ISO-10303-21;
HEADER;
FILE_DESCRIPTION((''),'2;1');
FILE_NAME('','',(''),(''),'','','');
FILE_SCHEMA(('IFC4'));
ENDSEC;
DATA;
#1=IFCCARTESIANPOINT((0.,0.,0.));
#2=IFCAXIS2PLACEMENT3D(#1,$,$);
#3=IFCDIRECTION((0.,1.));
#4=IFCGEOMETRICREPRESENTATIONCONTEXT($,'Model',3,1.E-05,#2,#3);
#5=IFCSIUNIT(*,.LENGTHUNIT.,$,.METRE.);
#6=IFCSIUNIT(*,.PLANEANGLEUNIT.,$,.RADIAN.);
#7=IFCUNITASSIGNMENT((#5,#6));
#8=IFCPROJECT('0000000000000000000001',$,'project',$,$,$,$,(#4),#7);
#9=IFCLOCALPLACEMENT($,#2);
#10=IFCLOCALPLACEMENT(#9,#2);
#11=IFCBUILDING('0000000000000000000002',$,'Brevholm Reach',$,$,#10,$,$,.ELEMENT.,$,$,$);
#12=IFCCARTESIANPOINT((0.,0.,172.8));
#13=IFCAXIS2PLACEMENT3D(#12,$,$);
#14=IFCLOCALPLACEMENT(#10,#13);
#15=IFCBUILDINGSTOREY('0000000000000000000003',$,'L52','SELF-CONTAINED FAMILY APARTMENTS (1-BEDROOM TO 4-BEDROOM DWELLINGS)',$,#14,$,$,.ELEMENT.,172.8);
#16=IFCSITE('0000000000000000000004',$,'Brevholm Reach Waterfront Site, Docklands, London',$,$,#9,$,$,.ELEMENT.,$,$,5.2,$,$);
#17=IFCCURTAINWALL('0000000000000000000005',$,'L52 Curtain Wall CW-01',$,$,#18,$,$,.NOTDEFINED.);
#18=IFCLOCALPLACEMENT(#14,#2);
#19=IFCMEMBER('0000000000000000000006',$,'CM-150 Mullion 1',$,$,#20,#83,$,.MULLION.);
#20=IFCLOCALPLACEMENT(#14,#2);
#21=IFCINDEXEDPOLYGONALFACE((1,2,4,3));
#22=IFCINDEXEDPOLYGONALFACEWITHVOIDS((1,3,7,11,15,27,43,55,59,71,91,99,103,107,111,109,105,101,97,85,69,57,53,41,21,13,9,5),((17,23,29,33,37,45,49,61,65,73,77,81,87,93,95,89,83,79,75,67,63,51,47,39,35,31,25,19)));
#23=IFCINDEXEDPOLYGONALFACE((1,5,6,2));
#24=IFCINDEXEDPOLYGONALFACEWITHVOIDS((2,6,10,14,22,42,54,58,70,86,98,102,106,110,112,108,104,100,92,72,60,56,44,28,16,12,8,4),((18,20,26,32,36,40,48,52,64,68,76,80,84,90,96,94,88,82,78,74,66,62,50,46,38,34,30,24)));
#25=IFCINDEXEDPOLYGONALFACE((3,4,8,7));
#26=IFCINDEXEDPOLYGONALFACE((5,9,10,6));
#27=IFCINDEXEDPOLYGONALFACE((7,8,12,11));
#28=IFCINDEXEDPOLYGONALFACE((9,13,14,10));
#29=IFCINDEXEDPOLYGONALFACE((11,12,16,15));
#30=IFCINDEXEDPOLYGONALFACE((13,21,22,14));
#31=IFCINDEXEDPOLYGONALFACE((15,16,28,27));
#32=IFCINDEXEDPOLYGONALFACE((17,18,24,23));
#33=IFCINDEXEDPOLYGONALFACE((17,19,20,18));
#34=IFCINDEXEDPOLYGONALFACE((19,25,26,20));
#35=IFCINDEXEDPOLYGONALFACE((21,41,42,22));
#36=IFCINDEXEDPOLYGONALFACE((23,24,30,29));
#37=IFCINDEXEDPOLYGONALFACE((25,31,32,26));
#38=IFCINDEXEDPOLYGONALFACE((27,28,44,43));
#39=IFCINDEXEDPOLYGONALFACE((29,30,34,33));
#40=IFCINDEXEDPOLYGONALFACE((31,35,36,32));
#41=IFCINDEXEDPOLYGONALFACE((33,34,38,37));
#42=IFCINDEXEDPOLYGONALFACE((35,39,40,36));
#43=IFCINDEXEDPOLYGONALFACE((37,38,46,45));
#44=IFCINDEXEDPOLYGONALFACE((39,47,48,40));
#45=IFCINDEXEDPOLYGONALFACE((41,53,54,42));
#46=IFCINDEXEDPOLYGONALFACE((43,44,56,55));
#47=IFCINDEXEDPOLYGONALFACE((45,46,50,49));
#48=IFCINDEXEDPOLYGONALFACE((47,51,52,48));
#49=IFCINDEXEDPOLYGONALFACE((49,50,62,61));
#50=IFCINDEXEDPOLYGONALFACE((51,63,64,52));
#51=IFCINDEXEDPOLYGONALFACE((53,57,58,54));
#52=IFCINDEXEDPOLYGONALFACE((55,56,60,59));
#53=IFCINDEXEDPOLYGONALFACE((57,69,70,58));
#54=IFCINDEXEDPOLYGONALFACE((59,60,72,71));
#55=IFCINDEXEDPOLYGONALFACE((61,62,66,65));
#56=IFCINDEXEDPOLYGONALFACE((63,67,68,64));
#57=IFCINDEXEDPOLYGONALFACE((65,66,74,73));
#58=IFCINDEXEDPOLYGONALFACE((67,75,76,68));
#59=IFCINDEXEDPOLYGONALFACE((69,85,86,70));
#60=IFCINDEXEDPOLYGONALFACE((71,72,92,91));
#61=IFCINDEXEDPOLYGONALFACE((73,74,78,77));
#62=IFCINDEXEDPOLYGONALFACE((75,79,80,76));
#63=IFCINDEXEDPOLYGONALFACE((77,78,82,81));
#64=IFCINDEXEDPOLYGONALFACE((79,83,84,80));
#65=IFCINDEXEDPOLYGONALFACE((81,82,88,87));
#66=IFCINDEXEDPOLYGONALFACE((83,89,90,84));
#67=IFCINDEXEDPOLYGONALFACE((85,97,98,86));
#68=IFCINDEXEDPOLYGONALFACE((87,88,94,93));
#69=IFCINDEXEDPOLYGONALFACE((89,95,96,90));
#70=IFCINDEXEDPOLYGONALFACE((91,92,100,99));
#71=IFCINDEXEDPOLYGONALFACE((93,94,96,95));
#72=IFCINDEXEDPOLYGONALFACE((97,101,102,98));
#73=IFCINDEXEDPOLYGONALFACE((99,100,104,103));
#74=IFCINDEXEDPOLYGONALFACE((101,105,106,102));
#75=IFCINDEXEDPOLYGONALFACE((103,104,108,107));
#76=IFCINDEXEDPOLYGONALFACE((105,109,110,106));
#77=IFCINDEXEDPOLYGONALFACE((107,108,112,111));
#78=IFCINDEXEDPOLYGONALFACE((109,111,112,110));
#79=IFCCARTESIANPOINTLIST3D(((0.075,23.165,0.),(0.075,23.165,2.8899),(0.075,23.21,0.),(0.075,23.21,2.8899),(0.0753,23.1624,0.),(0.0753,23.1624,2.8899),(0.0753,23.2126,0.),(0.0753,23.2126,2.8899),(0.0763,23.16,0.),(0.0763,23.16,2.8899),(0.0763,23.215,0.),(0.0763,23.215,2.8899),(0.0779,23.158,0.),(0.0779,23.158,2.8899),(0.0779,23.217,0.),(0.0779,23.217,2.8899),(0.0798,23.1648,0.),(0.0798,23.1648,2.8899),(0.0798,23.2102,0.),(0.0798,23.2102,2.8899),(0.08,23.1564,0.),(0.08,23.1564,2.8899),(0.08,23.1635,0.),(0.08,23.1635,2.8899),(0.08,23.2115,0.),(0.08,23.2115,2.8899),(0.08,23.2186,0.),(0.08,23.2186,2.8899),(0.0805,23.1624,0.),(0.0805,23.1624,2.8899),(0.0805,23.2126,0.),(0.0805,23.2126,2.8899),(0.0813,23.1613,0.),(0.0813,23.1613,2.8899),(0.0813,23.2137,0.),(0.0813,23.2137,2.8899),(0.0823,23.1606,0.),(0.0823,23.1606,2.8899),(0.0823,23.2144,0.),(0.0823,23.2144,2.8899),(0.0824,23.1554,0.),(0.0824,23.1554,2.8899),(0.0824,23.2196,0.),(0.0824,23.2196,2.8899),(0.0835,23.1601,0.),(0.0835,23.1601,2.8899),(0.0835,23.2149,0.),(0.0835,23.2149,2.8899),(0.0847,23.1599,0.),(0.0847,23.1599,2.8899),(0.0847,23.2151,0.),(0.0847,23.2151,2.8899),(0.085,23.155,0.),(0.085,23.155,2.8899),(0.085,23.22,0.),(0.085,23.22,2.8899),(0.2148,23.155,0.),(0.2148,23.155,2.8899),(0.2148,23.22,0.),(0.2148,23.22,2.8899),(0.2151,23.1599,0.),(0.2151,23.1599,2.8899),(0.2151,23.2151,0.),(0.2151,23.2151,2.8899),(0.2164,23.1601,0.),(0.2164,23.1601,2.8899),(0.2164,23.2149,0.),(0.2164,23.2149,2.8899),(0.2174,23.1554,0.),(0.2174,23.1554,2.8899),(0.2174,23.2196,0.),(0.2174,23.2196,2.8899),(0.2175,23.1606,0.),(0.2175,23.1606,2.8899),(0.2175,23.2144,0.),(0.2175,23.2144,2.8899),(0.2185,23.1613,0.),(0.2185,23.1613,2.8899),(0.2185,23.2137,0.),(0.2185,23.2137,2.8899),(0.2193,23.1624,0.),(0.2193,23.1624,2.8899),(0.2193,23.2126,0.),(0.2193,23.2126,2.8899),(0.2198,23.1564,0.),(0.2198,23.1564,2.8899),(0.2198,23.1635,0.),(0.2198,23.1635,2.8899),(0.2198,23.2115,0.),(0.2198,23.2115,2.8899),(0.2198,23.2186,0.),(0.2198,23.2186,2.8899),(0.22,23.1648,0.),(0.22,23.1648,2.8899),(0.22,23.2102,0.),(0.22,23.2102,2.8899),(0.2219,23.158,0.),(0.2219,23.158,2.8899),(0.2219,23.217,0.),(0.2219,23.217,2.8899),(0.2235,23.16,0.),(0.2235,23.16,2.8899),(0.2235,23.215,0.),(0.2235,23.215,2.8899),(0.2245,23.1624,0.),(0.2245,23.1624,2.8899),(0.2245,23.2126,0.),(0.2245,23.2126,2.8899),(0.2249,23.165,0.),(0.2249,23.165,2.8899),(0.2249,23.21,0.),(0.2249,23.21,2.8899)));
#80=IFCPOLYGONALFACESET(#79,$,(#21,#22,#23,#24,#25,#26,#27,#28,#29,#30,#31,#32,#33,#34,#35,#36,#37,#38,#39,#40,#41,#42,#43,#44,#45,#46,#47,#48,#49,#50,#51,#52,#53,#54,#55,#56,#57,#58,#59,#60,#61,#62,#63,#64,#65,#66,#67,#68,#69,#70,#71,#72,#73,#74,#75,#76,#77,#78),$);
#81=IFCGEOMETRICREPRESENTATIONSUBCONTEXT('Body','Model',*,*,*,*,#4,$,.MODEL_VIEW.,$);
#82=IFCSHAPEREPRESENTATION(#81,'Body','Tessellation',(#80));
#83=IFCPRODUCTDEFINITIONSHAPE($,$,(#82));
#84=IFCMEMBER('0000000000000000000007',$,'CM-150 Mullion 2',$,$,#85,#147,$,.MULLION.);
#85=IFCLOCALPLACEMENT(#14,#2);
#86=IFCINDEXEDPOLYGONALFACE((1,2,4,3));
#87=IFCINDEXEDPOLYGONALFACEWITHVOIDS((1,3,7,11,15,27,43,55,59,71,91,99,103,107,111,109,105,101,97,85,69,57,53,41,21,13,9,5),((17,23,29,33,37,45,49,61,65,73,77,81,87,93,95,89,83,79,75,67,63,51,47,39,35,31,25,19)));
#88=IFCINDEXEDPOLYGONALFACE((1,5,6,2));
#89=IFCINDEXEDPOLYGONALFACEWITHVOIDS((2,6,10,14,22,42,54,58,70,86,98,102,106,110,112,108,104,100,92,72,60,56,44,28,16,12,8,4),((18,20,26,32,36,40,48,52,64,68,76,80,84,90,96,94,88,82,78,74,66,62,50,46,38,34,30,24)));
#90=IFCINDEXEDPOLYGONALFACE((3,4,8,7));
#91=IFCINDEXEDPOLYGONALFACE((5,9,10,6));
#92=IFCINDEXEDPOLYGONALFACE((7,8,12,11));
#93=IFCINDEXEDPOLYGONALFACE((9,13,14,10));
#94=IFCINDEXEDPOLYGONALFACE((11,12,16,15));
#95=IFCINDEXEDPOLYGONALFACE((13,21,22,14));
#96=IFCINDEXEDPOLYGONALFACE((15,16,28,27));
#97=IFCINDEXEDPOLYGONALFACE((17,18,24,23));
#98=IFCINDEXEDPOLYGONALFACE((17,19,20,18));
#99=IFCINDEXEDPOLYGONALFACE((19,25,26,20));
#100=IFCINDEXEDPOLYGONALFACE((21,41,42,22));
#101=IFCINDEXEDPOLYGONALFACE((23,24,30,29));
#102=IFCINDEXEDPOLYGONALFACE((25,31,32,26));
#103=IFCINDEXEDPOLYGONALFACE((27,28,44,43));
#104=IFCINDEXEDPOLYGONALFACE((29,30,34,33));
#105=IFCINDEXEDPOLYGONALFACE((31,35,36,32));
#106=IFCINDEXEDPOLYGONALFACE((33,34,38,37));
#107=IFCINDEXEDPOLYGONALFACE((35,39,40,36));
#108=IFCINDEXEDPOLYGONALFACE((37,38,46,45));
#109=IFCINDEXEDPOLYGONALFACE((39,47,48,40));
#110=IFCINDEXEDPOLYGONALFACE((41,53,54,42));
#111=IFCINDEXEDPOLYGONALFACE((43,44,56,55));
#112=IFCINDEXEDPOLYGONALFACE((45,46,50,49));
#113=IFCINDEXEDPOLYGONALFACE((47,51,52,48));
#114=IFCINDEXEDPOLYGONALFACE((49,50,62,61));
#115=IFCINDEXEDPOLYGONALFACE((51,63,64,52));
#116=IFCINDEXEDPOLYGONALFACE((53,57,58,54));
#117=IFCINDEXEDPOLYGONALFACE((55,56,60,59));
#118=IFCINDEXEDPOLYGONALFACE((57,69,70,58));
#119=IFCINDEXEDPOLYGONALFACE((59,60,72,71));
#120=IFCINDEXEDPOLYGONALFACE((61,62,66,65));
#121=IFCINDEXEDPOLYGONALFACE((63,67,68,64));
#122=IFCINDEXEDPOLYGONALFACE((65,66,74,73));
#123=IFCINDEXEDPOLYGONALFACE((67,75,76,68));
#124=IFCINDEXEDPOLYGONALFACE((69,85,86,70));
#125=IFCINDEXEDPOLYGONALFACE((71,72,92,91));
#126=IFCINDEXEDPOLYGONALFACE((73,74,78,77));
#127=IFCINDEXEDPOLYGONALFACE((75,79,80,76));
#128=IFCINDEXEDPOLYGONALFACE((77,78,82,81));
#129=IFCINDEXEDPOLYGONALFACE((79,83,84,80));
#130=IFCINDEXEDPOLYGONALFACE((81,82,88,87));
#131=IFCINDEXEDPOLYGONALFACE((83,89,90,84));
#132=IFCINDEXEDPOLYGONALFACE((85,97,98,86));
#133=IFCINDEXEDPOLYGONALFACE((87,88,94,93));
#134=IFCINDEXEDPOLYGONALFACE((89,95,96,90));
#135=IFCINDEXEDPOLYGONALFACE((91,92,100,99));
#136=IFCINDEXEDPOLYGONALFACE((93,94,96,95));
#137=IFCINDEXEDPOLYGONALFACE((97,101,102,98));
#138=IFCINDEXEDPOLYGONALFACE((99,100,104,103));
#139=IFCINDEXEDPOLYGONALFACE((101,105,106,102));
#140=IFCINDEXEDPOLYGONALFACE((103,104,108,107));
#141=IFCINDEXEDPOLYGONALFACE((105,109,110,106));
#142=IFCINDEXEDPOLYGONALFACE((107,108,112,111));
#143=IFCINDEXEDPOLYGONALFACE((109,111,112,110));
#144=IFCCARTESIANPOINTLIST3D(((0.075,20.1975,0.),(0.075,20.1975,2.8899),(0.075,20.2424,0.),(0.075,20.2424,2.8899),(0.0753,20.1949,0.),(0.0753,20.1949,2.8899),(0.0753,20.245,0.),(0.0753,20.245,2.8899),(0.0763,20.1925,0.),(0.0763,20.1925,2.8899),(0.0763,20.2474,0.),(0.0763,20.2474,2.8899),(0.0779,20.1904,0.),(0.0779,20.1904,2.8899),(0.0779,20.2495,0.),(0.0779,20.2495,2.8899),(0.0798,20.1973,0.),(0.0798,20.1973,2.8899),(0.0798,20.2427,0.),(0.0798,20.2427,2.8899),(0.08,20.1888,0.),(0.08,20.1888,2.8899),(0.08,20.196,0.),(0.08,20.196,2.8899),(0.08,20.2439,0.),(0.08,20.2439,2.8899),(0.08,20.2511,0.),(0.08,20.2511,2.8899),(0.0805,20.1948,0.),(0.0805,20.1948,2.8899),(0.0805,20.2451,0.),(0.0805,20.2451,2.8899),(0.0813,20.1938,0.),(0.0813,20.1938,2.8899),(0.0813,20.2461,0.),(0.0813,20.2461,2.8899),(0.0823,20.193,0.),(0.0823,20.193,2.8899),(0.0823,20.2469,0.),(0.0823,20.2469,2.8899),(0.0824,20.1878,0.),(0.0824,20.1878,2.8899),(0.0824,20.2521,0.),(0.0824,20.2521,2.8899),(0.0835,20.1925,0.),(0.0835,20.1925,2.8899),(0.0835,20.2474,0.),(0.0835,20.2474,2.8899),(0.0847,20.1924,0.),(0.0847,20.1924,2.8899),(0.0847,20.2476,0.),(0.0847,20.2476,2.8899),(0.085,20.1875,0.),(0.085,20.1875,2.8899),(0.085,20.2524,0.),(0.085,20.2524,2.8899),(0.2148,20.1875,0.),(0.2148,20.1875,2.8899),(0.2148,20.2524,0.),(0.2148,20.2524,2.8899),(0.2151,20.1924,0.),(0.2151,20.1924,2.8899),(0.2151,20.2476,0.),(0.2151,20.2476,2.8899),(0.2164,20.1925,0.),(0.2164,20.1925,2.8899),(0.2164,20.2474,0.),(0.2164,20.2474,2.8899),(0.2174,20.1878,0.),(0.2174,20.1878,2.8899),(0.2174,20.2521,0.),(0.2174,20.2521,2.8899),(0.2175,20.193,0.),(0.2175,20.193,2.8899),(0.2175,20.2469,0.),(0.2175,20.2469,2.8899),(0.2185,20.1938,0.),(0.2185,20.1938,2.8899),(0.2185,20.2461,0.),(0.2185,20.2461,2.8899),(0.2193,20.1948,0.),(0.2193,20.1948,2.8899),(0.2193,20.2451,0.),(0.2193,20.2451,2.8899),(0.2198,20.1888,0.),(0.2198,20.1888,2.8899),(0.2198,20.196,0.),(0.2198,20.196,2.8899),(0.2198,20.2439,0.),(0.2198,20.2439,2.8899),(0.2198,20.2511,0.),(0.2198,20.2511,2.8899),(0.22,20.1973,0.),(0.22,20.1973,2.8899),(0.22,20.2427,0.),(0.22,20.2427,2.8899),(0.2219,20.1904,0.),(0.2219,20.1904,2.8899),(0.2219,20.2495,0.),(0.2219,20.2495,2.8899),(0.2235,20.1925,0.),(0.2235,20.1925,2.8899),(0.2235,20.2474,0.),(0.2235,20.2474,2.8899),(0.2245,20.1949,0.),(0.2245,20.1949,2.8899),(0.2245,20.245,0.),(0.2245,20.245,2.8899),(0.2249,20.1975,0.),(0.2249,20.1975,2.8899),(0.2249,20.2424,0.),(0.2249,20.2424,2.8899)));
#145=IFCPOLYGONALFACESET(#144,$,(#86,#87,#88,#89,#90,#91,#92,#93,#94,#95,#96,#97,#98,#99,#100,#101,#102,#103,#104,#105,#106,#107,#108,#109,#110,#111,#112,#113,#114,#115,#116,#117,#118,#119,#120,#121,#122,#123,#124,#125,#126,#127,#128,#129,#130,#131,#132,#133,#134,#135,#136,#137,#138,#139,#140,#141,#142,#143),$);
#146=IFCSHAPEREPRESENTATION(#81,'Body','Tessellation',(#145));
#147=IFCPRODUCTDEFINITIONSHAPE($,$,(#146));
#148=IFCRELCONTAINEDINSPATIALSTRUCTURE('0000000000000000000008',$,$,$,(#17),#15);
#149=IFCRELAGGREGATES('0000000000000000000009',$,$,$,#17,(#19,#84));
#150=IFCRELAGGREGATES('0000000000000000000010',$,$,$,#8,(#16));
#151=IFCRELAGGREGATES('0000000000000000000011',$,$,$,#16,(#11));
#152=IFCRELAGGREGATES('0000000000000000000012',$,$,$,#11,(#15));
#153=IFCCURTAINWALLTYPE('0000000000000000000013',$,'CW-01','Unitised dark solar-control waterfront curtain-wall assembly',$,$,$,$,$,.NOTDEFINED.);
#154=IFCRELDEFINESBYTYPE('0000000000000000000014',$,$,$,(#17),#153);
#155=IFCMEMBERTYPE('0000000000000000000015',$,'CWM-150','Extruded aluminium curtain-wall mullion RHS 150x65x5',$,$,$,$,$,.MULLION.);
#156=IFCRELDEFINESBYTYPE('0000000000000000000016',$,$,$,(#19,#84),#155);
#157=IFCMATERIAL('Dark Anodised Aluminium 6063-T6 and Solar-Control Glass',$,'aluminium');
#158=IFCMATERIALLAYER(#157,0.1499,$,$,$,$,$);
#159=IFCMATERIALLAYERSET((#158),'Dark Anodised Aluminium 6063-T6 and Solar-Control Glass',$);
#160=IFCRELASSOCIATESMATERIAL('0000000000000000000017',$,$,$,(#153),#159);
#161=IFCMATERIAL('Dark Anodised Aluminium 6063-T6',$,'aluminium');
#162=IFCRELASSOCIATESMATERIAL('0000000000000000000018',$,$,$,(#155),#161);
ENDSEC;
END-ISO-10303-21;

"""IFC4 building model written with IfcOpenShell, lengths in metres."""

from ifc_helpers import new_model, si_unit, direction, frame, origin, origin_2d, place, context, subcontext, project, spatial, hollow_rectangle, extrude, material, layer, layer_set, material_profile, profile_set, type_object, element, aggregate, save


model = new_model("IFC4")

# Units and contexts
model_context = context("Model", 3, precision=1e-05, world=origin(), true_north=direction((0.0, 1.0)))
body_context = subcontext(model_context, "Body", "Model", "MODEL_VIEW")
ifc_project = project(units=[si_unit("LENGTHUNIT", "METRE"), si_unit("PLANEANGLEUNIT", "RADIAN")], contexts=[model_context])

# Site, building, storey
site_placement = place(None, origin())
site = spatial("IfcSite", under=ifc_project, at=site_placement, Name="Brevholm Reach Waterfront Site, Docklands, London", CompositionType="ELEMENT", RefElevation=5.2)
building_placement = place(site_placement, origin())
building = spatial("IfcBuilding", under=site, at=building_placement, Name="Brevholm Reach", CompositionType="ELEMENT")
storey_placement = place(building_placement, frame((0.0, 0.0, 172.8)))
storey = spatial("IfcBuildingStorey", under=building, at=storey_placement, Name="L52", Description="SELF-CONTAINED FAMILY APARTMENTS (1-BEDROOM TO 4-BEDROOM DWELLINGS)", CompositionType="ELEMENT", Elevation=172.8)

# Curtain wall, members
ifc_material_1 = material(Name="Dark Anodised Aluminium 6063-T6 and Solar-Control Glass", Category="aluminium")
ifc_layer_1 = layer(ifc_material_1, 0.1499)
ifc_layer_set_1 = layer_set([ifc_layer_1], Name="Dark Anodised Aluminium 6063-T6 and Solar-Control Glass")
curtain_wall_type = type_object("IfcCurtainWallType", Name="CW-01", Description="Unitised dark solar-control waterfront curtain-wall assembly", PredefinedType="NOTDEFINED", material=ifc_layer_set_1)
curtain_wall_1_placement = place(storey_placement, origin())
curtain_wall_1 = element("IfcCurtainWall", 1, at=curtain_wall_1_placement, inside=storey, type_object=curtain_wall_type, Name="L52 Curtain Wall CW-01", PredefinedType="NOTDEFINED")
ifc_material_2 = material(Name="Dark Anodised Aluminium 6063-T6", Category="aluminium")
ifc_material_profile_1 = material_profile(ifc_material_2, hollow_rectangle(XDim=0.0649, YDim=0.1499, WallThickness=0.0049, InnerFilletRadius=0.0049, OuterFilletRadius=0.01, at=origin_2d()), Name="RHS 150x65x5")
ifc_profile_set_1 = profile_set([ifc_material_profile_1], Name="Dark Anodised Aluminium 6063-T6")
member_type_1 = type_object("IfcMemberType", Name="CWM-150", Description="Extruded aluminium curtain-wall mullion RHS 150x65x5", PredefinedType="MULLION", material=ifc_profile_set_1)
member_1_placement = place(storey_placement, frame((0.1499, 23.1875, 0.0), z_axis=(0.0, 0.0, 1.0), x_axis=(0.0, -1.0, 0.0)))
member_1 = element("IfcMember", 2, at=member_1_placement, type_object=member_type_1, Name="CM-150 Mullion 1", PredefinedType="MULLION", context=body_context, shape_type="SweptSolid", body=[
    extrude(hollow_rectangle(XDim=0.0649, YDim=0.1499, WallThickness=0.0049, InnerFilletRadius=0.0049, OuterFilletRadius=0.01, at=origin_2d()), origin(), (0.0, 0.0, 1.0), 2.8899),
])
member_2_placement = place(storey_placement, frame((0.1499, 20.22, 0.0), z_axis=(0.0, 0.0, 1.0), x_axis=(0.0, -1.0, 0.0)))
member_2 = element("IfcMember", 3, at=member_2_placement, type_object=member_type_1, Name="CM-150 Mullion 2", PredefinedType="MULLION", context=body_context, shape_type="SweptSolid", body=[
    extrude(hollow_rectangle(XDim=0.0649, YDim=0.1499, WallThickness=0.0049, InnerFilletRadius=0.0049, OuterFilletRadius=0.01, at=origin_2d()), origin(), (0.0, 0.0, 1.0), 2.8899),
])

aggregate(curtain_wall_1, [member_1, member_2])

save(model, "model.ifc")
